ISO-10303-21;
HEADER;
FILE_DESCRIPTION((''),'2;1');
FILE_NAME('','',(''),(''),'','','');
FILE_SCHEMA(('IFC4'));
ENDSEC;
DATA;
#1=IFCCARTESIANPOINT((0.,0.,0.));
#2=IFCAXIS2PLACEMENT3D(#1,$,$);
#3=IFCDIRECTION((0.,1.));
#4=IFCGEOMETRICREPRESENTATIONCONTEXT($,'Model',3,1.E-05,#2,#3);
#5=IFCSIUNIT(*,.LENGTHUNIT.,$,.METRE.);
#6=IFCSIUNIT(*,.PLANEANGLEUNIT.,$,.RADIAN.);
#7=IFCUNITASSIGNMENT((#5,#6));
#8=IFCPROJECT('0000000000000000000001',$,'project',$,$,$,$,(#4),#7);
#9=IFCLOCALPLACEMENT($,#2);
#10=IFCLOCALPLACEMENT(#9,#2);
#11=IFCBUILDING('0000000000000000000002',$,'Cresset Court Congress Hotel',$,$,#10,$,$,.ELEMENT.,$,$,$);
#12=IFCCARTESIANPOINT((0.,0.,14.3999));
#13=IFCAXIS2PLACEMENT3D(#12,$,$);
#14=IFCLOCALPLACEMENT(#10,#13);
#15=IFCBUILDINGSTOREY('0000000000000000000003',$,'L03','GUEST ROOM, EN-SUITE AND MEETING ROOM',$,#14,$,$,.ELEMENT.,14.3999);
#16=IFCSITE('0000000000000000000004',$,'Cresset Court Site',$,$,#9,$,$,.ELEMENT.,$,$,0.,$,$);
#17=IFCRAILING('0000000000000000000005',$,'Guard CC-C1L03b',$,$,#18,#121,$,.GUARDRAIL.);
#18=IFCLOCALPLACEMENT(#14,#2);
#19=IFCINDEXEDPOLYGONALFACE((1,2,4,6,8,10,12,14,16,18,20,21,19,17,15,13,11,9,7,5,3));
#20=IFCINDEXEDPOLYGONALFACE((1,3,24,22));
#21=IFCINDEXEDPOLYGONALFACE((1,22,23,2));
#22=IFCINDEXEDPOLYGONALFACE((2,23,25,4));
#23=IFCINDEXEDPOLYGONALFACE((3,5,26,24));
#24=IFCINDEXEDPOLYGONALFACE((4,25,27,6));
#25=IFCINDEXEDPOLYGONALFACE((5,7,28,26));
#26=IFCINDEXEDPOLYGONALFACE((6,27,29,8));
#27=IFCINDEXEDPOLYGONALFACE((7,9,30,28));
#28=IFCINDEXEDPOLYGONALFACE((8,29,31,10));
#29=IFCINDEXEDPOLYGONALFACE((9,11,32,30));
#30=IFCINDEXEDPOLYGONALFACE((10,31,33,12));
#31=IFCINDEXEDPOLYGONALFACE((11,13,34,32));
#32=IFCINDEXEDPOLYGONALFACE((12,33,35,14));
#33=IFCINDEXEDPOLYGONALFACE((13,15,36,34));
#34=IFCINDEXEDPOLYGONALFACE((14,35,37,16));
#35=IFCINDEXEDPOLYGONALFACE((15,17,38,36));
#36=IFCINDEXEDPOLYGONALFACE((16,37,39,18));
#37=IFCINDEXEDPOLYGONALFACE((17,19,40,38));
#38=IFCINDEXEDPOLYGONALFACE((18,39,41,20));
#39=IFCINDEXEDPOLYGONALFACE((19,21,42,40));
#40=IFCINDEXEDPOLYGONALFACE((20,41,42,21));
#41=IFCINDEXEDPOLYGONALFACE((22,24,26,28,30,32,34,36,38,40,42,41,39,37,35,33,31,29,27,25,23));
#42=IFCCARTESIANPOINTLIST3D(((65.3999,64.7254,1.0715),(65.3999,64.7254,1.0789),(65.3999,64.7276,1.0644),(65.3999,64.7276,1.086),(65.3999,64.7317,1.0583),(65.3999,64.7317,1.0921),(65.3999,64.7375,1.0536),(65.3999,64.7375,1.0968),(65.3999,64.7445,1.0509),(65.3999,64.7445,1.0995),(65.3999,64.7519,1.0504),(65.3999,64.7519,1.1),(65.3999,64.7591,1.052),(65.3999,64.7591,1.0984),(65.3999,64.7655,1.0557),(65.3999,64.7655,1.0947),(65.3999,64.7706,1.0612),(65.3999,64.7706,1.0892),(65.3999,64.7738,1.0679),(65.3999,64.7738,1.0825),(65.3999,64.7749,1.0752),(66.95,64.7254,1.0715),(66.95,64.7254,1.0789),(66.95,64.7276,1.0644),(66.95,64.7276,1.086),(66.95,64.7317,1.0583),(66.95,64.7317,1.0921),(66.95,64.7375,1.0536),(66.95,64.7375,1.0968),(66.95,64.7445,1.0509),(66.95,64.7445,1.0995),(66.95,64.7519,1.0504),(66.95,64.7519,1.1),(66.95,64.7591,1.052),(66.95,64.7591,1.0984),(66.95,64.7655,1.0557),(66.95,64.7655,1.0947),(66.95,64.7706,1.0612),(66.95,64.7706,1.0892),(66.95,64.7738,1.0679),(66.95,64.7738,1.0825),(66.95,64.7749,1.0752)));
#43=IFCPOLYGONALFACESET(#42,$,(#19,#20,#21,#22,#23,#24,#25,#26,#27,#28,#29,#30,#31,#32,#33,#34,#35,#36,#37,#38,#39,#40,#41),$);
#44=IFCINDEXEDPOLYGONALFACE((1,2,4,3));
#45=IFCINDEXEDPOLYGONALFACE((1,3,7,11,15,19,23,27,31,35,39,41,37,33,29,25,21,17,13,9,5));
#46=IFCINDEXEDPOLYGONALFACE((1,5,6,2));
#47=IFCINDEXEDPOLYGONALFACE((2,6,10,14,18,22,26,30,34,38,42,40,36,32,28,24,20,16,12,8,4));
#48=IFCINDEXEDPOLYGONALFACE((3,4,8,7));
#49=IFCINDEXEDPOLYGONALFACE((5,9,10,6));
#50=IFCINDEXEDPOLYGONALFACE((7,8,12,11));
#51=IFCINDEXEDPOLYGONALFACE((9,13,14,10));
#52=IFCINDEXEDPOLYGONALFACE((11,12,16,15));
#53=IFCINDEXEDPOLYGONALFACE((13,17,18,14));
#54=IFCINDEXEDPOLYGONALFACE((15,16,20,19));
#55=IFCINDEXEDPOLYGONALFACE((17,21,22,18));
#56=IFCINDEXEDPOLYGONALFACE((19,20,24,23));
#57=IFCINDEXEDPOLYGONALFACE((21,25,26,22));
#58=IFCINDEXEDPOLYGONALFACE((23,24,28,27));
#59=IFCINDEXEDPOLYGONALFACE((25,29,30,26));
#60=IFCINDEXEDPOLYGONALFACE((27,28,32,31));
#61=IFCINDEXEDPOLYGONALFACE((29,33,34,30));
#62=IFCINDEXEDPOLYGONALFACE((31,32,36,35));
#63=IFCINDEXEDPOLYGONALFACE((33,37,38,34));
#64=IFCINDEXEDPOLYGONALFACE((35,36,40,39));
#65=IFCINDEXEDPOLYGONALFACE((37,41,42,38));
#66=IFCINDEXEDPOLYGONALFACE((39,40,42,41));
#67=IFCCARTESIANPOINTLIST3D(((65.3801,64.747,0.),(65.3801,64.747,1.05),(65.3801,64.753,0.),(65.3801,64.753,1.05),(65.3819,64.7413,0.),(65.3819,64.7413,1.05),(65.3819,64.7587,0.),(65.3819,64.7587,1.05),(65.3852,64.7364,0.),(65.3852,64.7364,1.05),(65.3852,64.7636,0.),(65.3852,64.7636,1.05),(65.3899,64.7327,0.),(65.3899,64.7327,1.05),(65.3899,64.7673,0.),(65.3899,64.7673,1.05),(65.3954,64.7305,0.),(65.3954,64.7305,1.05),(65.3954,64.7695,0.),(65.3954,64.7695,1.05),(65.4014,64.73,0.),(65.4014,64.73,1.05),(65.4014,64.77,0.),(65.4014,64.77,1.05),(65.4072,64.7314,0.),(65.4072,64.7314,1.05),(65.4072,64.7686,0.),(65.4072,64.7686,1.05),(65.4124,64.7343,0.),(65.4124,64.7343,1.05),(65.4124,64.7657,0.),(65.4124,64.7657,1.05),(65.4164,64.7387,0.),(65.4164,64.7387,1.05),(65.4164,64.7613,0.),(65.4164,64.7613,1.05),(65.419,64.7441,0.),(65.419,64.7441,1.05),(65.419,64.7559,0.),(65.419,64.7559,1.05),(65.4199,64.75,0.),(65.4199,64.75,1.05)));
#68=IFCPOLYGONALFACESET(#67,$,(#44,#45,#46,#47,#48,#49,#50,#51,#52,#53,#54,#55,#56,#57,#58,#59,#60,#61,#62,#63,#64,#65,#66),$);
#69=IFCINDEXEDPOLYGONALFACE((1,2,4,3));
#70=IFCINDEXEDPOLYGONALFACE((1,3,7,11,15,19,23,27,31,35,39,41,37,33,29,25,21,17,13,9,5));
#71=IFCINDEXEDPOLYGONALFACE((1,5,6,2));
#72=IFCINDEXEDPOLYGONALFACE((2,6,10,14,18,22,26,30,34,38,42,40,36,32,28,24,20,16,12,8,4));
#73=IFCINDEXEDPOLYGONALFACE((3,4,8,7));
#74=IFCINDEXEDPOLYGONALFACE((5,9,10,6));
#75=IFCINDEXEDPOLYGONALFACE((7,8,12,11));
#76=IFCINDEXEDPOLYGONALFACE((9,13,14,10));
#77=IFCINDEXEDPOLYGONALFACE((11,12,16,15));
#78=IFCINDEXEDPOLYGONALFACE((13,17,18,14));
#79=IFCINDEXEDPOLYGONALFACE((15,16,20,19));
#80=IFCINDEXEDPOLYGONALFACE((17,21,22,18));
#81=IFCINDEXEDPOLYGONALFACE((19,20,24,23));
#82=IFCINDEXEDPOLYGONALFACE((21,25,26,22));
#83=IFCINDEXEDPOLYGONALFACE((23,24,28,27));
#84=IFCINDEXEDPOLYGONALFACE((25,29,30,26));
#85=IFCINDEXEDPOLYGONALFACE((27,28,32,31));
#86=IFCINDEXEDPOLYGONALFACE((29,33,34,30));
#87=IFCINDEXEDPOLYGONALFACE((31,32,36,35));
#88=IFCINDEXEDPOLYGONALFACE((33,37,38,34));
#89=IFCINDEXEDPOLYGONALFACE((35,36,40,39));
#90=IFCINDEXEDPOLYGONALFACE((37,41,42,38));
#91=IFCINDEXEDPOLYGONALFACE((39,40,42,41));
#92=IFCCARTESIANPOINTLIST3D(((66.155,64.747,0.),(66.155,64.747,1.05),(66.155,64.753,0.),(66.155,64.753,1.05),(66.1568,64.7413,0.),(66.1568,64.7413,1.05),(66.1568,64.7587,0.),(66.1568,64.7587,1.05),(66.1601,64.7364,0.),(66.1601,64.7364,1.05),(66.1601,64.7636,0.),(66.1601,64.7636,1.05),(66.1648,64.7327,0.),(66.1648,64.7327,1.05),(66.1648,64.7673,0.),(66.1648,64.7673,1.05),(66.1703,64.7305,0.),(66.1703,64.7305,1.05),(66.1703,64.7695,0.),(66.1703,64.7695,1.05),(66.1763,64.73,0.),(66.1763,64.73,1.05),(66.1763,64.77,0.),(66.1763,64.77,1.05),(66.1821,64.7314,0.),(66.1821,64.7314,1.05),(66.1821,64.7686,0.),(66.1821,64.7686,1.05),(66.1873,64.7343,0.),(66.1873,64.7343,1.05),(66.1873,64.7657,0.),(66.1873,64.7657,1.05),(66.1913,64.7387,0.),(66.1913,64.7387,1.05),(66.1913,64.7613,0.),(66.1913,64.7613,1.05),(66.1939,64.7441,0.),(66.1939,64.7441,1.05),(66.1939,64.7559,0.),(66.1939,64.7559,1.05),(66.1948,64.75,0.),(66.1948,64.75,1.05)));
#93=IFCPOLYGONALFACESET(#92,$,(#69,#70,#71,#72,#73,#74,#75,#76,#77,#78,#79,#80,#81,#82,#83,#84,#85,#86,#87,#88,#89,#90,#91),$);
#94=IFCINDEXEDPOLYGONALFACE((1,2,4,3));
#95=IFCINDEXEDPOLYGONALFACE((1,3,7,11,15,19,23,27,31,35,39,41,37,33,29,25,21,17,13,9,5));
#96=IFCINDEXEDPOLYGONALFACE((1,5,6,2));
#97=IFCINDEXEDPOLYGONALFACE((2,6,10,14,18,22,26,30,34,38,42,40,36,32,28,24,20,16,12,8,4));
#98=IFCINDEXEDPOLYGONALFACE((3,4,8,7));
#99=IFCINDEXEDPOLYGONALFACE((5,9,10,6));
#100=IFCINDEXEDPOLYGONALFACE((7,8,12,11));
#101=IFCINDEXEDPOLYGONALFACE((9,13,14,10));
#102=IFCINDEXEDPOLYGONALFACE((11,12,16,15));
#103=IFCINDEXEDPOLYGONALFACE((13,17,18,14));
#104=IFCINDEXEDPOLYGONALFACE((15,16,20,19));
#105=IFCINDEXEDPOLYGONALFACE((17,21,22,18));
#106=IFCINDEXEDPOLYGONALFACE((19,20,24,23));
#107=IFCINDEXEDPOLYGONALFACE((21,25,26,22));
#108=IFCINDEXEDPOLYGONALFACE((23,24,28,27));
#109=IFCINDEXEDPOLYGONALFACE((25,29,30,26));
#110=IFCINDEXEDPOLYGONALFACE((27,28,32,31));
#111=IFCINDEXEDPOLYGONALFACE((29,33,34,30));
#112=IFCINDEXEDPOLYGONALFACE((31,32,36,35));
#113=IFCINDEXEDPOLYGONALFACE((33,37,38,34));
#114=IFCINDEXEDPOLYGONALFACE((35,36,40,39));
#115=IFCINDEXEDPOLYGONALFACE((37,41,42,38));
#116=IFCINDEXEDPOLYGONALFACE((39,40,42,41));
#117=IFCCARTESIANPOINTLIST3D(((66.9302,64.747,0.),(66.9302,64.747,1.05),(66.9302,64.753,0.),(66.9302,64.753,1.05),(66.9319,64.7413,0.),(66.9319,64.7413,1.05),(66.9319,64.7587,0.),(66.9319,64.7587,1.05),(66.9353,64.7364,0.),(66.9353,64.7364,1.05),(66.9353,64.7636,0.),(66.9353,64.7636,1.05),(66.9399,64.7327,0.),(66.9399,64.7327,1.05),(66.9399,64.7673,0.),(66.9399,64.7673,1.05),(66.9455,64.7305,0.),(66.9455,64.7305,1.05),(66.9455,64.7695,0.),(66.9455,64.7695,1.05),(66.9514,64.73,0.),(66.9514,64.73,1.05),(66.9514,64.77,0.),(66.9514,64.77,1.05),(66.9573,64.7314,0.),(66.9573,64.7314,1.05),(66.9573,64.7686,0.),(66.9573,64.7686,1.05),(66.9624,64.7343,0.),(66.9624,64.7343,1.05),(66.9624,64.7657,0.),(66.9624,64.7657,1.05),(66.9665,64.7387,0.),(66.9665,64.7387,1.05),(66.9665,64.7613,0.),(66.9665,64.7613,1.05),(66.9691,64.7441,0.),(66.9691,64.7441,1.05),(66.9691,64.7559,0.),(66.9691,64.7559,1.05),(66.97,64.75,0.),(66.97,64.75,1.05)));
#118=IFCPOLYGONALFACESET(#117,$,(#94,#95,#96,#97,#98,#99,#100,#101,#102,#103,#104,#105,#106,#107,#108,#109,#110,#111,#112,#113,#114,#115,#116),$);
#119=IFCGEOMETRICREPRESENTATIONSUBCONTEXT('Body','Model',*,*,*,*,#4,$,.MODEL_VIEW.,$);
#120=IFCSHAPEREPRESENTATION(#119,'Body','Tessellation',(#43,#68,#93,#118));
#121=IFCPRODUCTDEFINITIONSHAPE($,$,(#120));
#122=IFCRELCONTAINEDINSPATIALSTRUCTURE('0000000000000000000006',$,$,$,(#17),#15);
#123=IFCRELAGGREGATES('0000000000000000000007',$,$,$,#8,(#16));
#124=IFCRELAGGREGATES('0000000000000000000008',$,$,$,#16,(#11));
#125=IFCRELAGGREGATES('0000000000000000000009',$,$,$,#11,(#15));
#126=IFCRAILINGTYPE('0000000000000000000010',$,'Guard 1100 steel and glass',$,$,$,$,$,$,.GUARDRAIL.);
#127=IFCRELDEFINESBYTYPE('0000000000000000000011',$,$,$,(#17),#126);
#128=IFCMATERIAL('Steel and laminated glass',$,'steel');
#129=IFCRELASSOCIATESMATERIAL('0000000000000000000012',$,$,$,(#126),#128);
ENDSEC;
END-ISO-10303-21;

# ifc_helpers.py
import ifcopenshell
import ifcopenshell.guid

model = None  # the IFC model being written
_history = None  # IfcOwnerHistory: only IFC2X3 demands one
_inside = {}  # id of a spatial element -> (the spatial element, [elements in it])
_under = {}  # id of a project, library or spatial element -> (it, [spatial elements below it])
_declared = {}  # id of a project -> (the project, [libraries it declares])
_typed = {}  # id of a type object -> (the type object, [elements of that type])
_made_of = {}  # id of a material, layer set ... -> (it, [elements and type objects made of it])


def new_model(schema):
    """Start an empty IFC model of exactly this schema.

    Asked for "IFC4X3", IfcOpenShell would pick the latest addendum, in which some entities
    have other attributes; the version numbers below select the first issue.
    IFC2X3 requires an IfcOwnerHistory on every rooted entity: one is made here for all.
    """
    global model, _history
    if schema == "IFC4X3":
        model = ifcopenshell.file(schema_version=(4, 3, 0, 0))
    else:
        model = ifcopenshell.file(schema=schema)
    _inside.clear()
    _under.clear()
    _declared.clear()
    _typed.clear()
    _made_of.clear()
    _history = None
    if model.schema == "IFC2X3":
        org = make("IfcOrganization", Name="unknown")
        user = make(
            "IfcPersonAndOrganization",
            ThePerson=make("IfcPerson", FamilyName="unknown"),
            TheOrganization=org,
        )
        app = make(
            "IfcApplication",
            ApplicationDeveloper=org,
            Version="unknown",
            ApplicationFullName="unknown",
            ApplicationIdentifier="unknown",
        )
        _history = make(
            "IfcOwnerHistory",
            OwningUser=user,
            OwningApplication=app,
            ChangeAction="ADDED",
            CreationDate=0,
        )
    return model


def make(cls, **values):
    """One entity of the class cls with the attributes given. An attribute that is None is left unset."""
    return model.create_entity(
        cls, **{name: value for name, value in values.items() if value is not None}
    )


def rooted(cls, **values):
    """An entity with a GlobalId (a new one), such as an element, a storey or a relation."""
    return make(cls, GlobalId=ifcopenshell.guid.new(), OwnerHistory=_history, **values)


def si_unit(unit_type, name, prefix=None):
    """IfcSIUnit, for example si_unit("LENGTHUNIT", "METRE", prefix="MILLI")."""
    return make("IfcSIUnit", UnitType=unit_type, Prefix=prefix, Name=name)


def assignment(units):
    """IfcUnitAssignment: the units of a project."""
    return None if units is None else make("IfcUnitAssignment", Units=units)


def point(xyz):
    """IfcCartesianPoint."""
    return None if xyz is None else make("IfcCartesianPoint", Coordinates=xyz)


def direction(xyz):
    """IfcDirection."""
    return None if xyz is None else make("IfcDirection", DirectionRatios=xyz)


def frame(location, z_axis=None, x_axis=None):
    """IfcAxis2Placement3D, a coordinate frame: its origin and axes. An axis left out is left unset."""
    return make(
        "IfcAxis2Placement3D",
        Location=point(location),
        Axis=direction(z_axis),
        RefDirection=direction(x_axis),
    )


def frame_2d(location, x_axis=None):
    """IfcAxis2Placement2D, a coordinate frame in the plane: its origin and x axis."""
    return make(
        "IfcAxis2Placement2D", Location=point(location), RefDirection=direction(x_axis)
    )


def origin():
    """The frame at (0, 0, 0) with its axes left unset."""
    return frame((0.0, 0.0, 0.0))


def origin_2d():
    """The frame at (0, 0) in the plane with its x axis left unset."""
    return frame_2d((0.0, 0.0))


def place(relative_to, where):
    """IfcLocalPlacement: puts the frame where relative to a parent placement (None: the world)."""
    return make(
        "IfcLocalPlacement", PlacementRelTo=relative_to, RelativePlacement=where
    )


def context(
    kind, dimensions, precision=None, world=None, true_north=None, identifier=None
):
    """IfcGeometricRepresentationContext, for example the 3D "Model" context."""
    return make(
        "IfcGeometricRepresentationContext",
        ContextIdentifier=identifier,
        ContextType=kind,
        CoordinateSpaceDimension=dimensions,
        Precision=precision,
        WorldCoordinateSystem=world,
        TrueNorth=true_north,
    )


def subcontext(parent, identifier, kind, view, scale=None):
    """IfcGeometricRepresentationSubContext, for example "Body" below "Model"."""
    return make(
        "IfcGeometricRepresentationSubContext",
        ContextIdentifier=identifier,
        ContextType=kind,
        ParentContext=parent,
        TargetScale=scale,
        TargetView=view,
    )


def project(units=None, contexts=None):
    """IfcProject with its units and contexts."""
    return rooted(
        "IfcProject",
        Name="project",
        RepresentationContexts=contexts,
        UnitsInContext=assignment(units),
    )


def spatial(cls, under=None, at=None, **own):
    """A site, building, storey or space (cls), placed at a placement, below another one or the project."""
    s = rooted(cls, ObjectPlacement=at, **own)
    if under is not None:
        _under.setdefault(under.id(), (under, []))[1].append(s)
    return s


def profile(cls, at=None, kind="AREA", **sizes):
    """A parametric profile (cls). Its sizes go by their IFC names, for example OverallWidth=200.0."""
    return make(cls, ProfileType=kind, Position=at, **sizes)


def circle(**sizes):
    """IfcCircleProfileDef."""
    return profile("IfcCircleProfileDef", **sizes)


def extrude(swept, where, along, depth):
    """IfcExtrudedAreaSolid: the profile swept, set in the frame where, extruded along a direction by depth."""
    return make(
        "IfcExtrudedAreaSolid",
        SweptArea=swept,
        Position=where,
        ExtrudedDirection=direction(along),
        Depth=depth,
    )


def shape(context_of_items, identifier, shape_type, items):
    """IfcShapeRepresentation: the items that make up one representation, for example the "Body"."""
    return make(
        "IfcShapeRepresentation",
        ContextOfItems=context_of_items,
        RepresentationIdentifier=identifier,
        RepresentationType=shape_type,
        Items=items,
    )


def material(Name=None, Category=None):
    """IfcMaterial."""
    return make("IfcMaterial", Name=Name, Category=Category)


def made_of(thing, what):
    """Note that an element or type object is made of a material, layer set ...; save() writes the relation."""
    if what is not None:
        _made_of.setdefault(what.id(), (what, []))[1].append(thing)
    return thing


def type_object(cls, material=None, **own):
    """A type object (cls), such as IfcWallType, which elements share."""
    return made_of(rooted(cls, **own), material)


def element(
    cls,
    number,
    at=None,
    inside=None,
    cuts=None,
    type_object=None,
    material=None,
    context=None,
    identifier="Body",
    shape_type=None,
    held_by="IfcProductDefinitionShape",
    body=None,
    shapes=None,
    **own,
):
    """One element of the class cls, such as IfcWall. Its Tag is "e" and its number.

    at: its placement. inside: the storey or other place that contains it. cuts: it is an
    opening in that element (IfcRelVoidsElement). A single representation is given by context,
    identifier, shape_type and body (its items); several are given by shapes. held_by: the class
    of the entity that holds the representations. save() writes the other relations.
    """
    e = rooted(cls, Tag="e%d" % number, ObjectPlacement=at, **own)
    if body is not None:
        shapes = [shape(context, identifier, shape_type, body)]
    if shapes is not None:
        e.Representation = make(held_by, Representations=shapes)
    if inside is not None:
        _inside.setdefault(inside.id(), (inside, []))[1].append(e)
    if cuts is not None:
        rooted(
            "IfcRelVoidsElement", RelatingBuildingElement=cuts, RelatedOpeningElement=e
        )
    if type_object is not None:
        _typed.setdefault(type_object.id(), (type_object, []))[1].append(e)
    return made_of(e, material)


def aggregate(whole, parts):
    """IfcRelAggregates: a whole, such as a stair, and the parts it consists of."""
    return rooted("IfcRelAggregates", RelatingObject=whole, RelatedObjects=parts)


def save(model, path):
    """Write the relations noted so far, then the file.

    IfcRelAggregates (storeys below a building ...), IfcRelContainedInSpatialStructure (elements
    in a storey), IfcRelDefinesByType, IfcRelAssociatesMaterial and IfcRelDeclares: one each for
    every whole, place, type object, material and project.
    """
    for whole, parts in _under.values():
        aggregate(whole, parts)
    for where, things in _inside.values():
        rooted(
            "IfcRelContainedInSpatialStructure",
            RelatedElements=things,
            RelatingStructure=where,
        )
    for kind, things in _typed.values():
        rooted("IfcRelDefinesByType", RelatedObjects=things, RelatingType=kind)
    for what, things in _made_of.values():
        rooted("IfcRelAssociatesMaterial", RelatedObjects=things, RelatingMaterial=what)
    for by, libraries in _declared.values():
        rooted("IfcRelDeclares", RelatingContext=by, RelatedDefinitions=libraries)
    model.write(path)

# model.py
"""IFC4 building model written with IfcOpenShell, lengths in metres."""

from ifc_helpers import new_model, si_unit, direction, frame, origin, origin_2d, place, context, subcontext, project, spatial, circle, extrude, material, type_object, element, save


model = new_model("IFC4")

# Units and contexts
model_context = context("Model", 3, precision=1e-05, world=origin(), true_north=direction((0.0, 1.0)))
body_context = subcontext(model_context, "Body", "Model", "MODEL_VIEW")
ifc_project = project(units=[si_unit("LENGTHUNIT", "METRE"), si_unit("PLANEANGLEUNIT", "RADIAN")], contexts=[model_context])

# Site, building, storey
site_placement = place(None, origin())
site = spatial("IfcSite", under=ifc_project, at=site_placement, Name="Cresset Court Site", CompositionType="ELEMENT", RefElevation=0.0)
building_placement = place(site_placement, origin())
building = spatial("IfcBuilding", under=site, at=building_placement, Name="Cresset Court Congress Hotel", CompositionType="ELEMENT")
storey_placement = place(building_placement, frame((0.0, 0.0, 14.3999)))
storey = spatial("IfcBuildingStorey", under=building, at=storey_placement, Name="L03", Description="GUEST ROOM, EN-SUITE AND MEETING ROOM", CompositionType="ELEMENT", Elevation=14.3999)

# Railing
ifc_material_1 = material(Name="Steel and laminated glass", Category="steel")
railing_type = type_object("IfcRailingType", Name="Guard 1100 steel and glass", PredefinedType="GUARDRAIL", material=ifc_material_1)
railing_placement = place(storey_placement, frame((65.3999, 64.75, 0.0)))
element("IfcRailing", 1, at=railing_placement, inside=storey, type_object=railing_type, Name="Guard CC-C1L03b", PredefinedType="GUARDRAIL", context=body_context, shape_type="SweptSolid", body=[
    extrude(circle(Radius=0.0249, at=origin_2d()), frame((0.0, 0.0, 1.0752), z_axis=(1.0, 0.0, 0.0), x_axis=(0.0, 1.0, 0.0)), (0.0, 0.0, 1.0), 1.55),
    extrude(circle(Radius=0.02, at=origin_2d()), origin(), (0.0, 0.0, 1.0), 1.05),
    extrude(circle(Radius=0.02, at=origin_2d()), frame((0.7749, 0.0, 0.0)), (0.0, 0.0, 1.0), 1.05),
    extrude(circle(Radius=0.02, at=origin_2d()), frame((1.55, 0.0, 0.0)), (0.0, 0.0, 1.0), 1.05),
])

save(model, "model.ifc")
